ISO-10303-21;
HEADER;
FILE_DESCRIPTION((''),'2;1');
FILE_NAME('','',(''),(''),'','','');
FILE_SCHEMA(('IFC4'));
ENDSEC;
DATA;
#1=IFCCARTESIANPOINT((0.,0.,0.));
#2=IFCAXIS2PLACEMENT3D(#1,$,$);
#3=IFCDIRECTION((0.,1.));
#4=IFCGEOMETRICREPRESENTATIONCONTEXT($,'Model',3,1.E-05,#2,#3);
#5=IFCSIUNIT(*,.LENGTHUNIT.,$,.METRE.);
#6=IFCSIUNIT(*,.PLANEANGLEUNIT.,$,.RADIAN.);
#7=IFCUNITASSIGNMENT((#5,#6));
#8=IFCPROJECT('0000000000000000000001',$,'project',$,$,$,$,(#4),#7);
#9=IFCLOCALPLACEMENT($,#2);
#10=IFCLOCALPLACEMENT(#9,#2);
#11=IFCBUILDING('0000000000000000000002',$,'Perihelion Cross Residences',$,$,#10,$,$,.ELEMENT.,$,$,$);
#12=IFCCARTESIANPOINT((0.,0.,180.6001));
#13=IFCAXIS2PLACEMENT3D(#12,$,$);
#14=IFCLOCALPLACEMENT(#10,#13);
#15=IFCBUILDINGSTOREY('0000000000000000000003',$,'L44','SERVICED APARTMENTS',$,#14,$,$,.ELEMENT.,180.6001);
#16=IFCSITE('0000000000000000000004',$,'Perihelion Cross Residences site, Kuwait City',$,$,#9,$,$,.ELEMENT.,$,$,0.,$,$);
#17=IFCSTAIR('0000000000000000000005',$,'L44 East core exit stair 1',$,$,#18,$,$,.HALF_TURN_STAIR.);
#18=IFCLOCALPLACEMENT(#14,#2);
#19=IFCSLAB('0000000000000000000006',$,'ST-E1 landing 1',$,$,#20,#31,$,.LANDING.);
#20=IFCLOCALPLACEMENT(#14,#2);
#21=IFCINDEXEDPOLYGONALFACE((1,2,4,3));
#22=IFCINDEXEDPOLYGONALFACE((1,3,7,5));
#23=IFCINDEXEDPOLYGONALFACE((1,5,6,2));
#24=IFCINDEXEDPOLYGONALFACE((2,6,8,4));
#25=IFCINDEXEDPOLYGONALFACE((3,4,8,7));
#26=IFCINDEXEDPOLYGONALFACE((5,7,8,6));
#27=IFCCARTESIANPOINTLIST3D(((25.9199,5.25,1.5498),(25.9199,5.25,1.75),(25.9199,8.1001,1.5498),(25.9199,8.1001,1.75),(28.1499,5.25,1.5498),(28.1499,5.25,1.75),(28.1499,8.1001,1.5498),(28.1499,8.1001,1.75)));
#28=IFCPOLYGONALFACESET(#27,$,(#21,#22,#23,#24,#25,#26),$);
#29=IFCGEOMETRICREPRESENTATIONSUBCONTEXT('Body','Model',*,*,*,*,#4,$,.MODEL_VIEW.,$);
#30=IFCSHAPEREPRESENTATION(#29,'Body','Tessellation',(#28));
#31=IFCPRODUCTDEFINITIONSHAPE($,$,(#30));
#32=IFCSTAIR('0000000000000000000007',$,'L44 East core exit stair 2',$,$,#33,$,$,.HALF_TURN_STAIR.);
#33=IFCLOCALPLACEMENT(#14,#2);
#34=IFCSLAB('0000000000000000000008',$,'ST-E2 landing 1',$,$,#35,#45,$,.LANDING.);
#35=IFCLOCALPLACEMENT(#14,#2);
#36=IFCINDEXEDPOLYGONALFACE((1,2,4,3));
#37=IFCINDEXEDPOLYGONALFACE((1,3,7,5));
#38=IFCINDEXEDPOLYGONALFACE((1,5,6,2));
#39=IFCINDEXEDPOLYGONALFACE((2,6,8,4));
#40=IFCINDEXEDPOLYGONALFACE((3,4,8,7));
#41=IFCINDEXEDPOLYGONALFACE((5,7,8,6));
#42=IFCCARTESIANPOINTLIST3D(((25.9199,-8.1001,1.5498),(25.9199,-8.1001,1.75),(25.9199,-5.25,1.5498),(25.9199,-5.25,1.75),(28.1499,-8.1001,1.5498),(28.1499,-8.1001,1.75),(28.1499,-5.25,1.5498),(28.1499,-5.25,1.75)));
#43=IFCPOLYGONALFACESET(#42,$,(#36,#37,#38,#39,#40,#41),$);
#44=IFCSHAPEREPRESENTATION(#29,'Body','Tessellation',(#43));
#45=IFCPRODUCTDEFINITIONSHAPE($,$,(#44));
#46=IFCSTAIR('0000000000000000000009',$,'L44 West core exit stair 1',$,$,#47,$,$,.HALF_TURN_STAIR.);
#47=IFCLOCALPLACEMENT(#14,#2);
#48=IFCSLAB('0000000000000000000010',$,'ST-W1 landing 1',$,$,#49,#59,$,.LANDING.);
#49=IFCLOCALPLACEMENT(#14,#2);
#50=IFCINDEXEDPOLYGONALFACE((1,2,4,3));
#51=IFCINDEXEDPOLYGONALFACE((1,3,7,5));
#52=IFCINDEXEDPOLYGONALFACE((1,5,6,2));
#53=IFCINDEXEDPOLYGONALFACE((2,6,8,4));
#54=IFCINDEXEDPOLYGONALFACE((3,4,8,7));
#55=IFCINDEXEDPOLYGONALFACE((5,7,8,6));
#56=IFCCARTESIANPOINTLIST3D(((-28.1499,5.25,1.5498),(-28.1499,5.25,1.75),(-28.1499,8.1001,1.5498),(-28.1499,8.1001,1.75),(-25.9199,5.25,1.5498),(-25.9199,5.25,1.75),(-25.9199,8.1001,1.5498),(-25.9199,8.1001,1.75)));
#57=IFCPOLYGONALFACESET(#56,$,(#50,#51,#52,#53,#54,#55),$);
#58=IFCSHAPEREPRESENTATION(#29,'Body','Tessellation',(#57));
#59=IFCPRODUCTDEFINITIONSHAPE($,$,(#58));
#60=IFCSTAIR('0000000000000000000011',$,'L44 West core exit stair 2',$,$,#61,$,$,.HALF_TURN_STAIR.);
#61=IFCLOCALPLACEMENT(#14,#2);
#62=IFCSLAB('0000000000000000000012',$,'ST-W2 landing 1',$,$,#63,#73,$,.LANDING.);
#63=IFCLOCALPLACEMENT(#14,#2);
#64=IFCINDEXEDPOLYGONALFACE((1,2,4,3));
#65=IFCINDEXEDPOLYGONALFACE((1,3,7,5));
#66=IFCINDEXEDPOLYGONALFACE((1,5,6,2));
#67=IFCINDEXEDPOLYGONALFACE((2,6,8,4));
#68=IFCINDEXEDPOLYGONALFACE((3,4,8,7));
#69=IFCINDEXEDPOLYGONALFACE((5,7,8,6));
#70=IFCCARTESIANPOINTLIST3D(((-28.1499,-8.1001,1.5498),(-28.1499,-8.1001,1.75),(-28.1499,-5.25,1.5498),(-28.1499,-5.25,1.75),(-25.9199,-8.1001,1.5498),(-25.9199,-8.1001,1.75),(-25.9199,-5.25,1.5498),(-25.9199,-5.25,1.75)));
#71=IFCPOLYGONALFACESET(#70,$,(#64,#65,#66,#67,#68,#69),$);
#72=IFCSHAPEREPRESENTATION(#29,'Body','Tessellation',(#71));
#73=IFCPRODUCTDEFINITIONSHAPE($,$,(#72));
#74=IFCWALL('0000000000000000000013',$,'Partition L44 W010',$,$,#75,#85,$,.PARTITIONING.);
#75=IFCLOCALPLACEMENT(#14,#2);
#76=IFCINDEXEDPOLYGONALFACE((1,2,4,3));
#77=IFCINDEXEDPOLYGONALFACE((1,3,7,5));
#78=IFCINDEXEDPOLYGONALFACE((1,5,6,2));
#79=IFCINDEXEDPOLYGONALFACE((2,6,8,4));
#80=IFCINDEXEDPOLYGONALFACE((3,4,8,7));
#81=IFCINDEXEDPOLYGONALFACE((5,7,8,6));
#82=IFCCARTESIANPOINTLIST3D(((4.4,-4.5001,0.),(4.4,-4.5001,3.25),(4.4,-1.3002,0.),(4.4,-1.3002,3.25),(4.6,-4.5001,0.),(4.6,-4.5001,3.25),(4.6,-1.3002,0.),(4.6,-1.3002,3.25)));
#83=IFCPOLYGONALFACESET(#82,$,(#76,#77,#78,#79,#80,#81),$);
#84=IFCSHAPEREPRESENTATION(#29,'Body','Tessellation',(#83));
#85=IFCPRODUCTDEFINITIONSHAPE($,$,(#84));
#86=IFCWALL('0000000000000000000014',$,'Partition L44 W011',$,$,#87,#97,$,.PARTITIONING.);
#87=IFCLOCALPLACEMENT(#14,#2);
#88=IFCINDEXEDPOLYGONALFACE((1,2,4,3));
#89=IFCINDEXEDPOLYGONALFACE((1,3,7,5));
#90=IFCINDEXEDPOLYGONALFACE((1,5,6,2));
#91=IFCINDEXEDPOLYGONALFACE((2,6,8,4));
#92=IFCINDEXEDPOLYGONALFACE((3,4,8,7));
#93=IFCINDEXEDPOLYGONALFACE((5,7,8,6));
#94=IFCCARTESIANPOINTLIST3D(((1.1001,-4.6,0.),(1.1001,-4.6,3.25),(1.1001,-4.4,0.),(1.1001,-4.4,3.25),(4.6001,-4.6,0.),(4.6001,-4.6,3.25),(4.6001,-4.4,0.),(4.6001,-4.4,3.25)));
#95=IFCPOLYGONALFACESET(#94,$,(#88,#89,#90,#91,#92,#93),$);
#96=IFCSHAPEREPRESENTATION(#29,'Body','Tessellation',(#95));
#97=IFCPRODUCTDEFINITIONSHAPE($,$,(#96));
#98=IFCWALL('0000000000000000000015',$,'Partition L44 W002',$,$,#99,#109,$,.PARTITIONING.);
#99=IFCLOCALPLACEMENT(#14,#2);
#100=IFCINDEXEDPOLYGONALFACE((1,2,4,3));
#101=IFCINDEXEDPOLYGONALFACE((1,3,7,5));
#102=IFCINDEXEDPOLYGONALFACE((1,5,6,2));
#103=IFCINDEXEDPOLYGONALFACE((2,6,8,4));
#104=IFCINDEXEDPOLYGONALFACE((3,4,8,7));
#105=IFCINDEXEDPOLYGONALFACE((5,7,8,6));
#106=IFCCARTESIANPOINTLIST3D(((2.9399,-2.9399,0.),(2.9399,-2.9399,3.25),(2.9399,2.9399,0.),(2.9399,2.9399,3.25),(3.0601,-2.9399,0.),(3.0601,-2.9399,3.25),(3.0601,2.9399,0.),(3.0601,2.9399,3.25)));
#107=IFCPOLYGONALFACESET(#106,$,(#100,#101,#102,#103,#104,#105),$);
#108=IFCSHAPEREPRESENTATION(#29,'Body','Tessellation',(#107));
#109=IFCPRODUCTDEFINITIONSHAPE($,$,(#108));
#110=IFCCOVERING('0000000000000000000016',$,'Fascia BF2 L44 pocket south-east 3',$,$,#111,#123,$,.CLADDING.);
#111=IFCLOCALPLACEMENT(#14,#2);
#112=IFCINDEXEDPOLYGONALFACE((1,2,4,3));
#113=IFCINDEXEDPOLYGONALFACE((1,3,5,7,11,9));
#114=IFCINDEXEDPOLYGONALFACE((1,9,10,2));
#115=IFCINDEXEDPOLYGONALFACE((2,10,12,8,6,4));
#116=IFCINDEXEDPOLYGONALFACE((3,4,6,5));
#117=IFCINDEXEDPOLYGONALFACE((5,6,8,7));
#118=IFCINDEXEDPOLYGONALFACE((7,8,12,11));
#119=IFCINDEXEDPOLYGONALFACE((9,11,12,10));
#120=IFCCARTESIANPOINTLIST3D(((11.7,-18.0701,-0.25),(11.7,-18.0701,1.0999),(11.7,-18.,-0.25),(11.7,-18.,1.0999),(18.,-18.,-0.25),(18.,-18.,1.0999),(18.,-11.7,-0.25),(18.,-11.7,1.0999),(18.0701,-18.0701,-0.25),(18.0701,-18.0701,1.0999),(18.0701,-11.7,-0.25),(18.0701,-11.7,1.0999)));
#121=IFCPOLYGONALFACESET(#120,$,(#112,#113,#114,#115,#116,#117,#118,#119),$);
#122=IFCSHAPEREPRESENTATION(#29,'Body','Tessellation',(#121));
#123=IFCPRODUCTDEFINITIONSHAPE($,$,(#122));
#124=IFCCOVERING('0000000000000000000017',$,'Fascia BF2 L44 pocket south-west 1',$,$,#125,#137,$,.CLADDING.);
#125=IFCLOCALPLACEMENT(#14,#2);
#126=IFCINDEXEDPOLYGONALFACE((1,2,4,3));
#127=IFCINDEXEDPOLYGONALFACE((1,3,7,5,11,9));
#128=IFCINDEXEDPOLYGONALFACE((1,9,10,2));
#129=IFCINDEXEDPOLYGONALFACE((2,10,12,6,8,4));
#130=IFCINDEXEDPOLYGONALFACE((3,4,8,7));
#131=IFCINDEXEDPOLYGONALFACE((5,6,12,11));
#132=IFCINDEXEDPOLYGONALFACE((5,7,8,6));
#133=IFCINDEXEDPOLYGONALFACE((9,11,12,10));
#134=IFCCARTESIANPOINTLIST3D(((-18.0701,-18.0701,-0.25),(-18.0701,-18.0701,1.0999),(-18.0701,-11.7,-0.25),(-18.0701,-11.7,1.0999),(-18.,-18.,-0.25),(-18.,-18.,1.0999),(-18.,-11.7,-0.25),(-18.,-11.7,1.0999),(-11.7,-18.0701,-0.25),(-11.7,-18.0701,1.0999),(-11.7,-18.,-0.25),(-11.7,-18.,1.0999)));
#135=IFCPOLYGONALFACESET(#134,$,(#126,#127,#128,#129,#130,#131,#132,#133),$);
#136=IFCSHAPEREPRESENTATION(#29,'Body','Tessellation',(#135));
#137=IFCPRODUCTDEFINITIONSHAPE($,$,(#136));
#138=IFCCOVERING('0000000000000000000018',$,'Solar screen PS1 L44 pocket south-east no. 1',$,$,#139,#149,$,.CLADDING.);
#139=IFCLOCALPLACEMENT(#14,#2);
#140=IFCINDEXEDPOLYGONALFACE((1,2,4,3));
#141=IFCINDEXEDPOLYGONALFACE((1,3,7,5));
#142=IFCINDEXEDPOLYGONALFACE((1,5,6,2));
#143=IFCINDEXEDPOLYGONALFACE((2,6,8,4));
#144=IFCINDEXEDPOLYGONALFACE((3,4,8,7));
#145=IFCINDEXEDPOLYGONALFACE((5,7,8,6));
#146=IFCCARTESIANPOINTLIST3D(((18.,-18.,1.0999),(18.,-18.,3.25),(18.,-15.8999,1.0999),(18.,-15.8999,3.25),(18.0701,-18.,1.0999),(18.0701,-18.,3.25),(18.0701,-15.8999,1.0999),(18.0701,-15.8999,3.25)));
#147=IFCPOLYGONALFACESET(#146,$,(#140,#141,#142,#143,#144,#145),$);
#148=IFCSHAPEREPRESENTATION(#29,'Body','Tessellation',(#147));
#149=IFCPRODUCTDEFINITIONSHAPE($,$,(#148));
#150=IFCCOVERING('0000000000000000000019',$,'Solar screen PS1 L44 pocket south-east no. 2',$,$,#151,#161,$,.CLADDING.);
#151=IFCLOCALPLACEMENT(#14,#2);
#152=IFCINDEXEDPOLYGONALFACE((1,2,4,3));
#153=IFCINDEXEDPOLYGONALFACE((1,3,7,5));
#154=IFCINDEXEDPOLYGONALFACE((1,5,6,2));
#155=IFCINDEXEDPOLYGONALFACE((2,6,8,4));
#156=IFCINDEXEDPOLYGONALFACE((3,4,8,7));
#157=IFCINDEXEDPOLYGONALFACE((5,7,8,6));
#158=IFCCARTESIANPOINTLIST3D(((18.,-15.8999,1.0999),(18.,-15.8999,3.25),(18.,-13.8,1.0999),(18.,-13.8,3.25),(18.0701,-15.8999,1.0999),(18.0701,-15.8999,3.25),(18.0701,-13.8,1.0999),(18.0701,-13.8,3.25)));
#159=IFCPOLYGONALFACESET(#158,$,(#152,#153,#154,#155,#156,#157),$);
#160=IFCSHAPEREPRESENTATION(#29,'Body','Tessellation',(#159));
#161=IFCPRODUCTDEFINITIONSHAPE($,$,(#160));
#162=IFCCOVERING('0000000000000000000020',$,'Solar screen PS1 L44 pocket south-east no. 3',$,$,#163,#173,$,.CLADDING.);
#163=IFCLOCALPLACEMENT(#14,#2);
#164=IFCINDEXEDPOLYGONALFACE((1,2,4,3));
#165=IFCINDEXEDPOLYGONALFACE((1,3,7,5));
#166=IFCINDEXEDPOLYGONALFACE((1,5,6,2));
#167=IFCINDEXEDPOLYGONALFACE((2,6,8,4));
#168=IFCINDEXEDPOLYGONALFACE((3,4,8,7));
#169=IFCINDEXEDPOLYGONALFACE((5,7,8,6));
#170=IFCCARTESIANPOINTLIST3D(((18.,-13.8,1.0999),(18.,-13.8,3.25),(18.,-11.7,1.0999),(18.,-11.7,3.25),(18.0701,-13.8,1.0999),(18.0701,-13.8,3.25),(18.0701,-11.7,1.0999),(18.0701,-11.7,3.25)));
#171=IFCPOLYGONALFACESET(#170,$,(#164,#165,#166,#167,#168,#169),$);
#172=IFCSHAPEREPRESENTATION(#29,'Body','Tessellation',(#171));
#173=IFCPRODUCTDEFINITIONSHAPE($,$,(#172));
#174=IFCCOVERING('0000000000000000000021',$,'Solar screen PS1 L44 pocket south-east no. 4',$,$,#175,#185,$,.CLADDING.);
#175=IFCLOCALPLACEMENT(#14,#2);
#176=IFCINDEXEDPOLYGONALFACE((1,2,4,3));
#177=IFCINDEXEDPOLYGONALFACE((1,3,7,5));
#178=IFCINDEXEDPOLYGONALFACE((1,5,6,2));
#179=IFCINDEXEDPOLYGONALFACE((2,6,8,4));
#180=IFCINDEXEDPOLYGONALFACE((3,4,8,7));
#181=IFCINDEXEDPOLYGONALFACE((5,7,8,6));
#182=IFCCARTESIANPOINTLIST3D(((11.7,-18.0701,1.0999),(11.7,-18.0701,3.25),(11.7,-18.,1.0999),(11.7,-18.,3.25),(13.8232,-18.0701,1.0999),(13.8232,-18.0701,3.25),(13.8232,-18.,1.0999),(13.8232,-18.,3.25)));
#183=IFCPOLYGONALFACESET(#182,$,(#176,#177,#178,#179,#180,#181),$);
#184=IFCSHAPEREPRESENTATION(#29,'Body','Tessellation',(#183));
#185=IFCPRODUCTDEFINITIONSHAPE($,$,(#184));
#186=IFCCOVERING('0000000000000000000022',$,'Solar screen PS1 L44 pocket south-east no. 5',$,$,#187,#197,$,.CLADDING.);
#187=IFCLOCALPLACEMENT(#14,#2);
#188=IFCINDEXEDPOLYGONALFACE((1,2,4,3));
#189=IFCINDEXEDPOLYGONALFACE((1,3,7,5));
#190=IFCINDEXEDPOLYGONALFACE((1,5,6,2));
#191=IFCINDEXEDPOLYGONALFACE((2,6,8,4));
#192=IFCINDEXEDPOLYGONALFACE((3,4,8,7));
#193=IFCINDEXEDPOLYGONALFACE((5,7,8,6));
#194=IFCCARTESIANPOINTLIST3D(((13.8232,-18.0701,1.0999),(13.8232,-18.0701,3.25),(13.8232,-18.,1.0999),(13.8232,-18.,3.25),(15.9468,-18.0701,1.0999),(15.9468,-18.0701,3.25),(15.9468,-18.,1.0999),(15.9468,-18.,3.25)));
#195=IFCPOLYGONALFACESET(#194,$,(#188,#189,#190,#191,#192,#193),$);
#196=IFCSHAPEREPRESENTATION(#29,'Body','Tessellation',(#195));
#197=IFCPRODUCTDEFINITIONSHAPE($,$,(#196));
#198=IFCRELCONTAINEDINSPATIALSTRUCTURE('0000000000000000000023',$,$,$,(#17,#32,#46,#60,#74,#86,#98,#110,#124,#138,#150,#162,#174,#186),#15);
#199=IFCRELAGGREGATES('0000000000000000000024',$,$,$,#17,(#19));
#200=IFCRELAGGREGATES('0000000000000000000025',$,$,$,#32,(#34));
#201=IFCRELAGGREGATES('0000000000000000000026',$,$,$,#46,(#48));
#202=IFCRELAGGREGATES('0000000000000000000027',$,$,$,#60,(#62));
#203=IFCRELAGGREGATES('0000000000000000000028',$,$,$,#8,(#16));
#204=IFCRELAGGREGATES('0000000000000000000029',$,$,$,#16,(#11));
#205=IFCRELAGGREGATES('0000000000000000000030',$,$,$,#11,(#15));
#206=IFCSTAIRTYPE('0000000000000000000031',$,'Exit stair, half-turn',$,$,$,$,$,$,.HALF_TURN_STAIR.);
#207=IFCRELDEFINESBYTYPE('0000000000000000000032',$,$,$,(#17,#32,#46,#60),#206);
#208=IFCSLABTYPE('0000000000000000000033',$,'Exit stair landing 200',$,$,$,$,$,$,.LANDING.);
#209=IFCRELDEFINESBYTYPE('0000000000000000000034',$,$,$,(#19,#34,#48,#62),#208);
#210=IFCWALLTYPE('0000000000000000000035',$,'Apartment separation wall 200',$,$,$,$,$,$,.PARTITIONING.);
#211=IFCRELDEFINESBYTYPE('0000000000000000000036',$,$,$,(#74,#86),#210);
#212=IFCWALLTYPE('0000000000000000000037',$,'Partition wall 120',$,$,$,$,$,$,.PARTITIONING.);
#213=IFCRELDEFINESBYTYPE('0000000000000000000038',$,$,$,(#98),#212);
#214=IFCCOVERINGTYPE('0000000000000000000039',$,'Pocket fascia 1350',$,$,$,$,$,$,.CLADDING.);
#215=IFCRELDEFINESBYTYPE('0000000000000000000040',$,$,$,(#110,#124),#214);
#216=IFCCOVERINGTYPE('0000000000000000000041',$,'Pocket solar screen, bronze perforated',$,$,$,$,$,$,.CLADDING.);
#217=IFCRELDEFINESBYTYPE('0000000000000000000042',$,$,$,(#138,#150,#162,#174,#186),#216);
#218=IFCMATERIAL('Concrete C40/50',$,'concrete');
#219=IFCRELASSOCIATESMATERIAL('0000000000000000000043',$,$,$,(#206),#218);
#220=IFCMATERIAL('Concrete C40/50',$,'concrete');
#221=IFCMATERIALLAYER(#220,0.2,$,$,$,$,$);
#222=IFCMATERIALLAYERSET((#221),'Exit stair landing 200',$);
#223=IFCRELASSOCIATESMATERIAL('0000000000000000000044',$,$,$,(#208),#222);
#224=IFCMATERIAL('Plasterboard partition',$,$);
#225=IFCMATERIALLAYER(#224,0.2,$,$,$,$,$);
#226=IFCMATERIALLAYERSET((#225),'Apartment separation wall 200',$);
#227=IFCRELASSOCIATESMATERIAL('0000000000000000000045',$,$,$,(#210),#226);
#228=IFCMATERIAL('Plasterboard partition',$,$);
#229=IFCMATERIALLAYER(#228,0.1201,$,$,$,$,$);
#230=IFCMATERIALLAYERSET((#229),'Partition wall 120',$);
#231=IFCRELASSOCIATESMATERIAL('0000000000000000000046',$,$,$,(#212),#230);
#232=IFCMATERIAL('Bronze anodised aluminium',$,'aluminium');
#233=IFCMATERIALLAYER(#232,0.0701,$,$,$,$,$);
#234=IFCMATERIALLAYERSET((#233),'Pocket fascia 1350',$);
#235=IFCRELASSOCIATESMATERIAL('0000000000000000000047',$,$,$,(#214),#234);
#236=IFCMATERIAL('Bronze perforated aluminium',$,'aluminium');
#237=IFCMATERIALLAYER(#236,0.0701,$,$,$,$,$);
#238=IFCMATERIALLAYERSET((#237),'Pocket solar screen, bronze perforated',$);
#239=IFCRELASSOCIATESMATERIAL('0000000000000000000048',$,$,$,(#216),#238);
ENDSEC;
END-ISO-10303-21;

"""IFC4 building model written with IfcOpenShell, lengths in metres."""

from ifc_helpers import new_model, si_unit, direction, frame, frame_2d, origin, place, context, subcontext, project, spatial, polyline, rectangle, outline, extrude, material, layer, layer_set, type_object, element, aggregate, save


model = new_model("IFC4")

# Units and contexts
model_context = context("Model", 3, precision=1e-05, world=origin(), true_north=direction((0.0, 1.0)))
body_context = subcontext(model_context, "Body", "Model", "MODEL_VIEW")
ifc_project = project(units=[si_unit("LENGTHUNIT", "METRE"), si_unit("PLANEANGLEUNIT", "RADIAN")], contexts=[model_context])

# Site, building, storey
site_placement = place(None, origin())
site = spatial("IfcSite", under=ifc_project, at=site_placement, Name="Perihelion Cross Residences site, Kuwait City", CompositionType="ELEMENT", RefElevation=0.0)
building_placement = place(site_placement, origin())
building = spatial("IfcBuilding", under=site, at=building_placement, Name="Perihelion Cross Residences", CompositionType="ELEMENT")
storey_placement = place(building_placement, frame((0.0, 0.0, 180.6001)))
storey = spatial("IfcBuildingStorey", under=building, at=storey_placement, Name="L44", Description="SERVICED APARTMENTS", CompositionType="ELEMENT", Elevation=180.6001)

# Stairs, slabs
ifc_material_1 = material(Name="Concrete C40/50", Category="concrete")
stair_type = type_object("IfcStairType", Name="Exit stair, half-turn", PredefinedType="HALF_TURN_STAIR", material=ifc_material_1)
stair_1_placement = place(storey_placement, origin())
stair_1 = element("IfcStair", 1, at=stair_1_placement, inside=storey, type_object=stair_type, Name="L44 East core exit stair 1", PredefinedType="HALF_TURN_STAIR")
ifc_material_2 = material(Name="Concrete C40/50", Category="concrete")
ifc_layer_1 = layer(ifc_material_2, 0.2)
ifc_layer_set_1 = layer_set([ifc_layer_1], Name="Exit stair landing 200")
slab_type = type_object("IfcSlabType", Name="Exit stair landing 200", PredefinedType="LANDING", material=ifc_layer_set_1)
slab_1_placement = place(storey_placement, frame((0.0, 0.0, 1.5498)))
slab_1 = element("IfcSlab", 2, at=slab_1_placement, type_object=slab_type, Name="ST-E1 landing 1", PredefinedType="LANDING", context=body_context, shape_type="SweptSolid", body=[
    extrude(outline(polyline([(25.9199, 5.25), (28.1499, 5.25), (28.1499, 8.1001), (25.9199, 8.1001), (25.9199, 5.25)])), origin(), (0.0, 0.0, 1.0), 0.2002),
])
aggregate(stair_1, [slab_1])
stair_2_placement = place(storey_placement, origin())
stair_2 = element("IfcStair", 3, at=stair_2_placement, inside=storey, type_object=stair_type, Name="L44 East core exit stair 2", PredefinedType="HALF_TURN_STAIR")
slab_2_placement = place(storey_placement, frame((0.0, 0.0, 1.5498)))
slab_2 = element("IfcSlab", 4, at=slab_2_placement, type_object=slab_type, Name="ST-E2 landing 1", PredefinedType="LANDING", context=body_context, shape_type="SweptSolid", body=[
    extrude(outline(polyline([(25.9199, -8.1001), (28.1499, -8.1001), (28.1499, -5.25), (25.9199, -5.25), (25.9199, -8.1001)])), origin(), (0.0, 0.0, 1.0), 0.2002),
])
aggregate(stair_2, [slab_2])
stair_3_placement = place(storey_placement, origin())
stair_3 = element("IfcStair", 5, at=stair_3_placement, inside=storey, type_object=stair_type, Name="L44 West core exit stair 1", PredefinedType="HALF_TURN_STAIR")
slab_3_placement = place(storey_placement, frame((0.0, 0.0, 1.5498)))
slab_3 = element("IfcSlab", 6, at=slab_3_placement, type_object=slab_type, Name="ST-W1 landing 1", PredefinedType="LANDING", context=body_context, shape_type="SweptSolid", body=[
    extrude(outline(polyline([(-25.9199, 8.1001), (-28.1499, 8.1001), (-28.1499, 5.25), (-25.9199, 5.25), (-25.9199, 8.1001)])), origin(), (0.0, 0.0, 1.0), 0.2002),
])
aggregate(stair_3, [slab_3])
stair_4_placement = place(storey_placement, origin())
stair_4 = element("IfcStair", 7, at=stair_4_placement, inside=storey, type_object=stair_type, Name="L44 West core exit stair 2", PredefinedType="HALF_TURN_STAIR")
slab_4_placement = place(storey_placement, frame((0.0, 0.0, 1.5498)))
slab_4 = element("IfcSlab", 8, at=slab_4_placement, type_object=slab_type, Name="ST-W2 landing 1", PredefinedType="LANDING", context=body_context, shape_type="SweptSolid", body=[
    extrude(outline(polyline([(-25.9199, -5.25), (-28.1499, -5.25), (-28.1499, -8.1001), (-25.9199, -8.1001), (-25.9199, -5.25)])), origin(), (0.0, 0.0, 1.0), 0.2002),
])
aggregate(stair_4, [slab_4])

# Walls
ifc_material_3 = material(Name="Plasterboard partition")
ifc_layer_2 = layer(ifc_material_3, 0.2)
ifc_layer_set_2 = layer_set([ifc_layer_2], Name="Apartment separation wall 200")
wall_type_1 = type_object("IfcWallType", Name="Apartment separation wall 200", PredefinedType="PARTITIONING", material=ifc_layer_set_2)
wall_1_placement = place(storey_placement, frame((4.5, -1.3, 0.0), z_axis=(0.0, 0.0, 1.0), x_axis=(0.0, -1.0, 0.0)))
element("IfcWall", 9, at=wall_1_placement, inside=storey, type_object=wall_type_1, Name="Partition L44 W010", PredefinedType="PARTITIONING", context=body_context, shape_type="SweptSolid", body=[
    extrude(rectangle(XDim=3.2, YDim=0.2, at=frame_2d((1.6001, 0.0))), origin(), (0.0, 0.0, 1.0), 3.25),
])
wall_2_placement = place(storey_placement, frame((4.6001, -4.5, 0.0), z_axis=(0.0, 0.0, 1.0), x_axis=(-1.0, 0.0, 0.0)))
element("IfcWall", 10, at=wall_2_placement, inside=storey, type_object=wall_type_1, Name="Partition L44 W011", PredefinedType="PARTITIONING", context=body_context, shape_type="SweptSolid", body=[
    extrude(rectangle(XDim=3.5, YDim=0.2, at=frame_2d((1.75, 0.0))), origin(), (0.0, 0.0, 1.0), 3.25),
])
ifc_material_4 = material(Name="Plasterboard partition")
ifc_layer_3 = layer(ifc_material_4, 0.1201)
ifc_layer_set_3 = layer_set([ifc_layer_3], Name="Partition wall 120")
wall_type_2 = type_object("IfcWallType", Name="Partition wall 120", PredefinedType="PARTITIONING", material=ifc_layer_set_3)
wall_3_placement = place(storey_placement, frame((3.0, -2.9399, 0.0), z_axis=(0.0, 0.0, 1.0), x_axis=(0.0, 1.0, 0.0)))
element("IfcWall", 11, at=wall_3_placement, inside=storey, type_object=wall_type_2, Name="Partition L44 W002", PredefinedType="PARTITIONING", context=body_context, shape_type="SweptSolid", body=[
    extrude(rectangle(XDim=5.8799, YDim=0.1201, at=frame_2d((2.9399, 0.0))), origin(), (0.0, 0.0, 1.0), 3.25),
])

# Coverings
ifc_material_5 = material(Name="Bronze anodised aluminium", Category="aluminium")
ifc_layer_4 = layer(ifc_material_5, 0.0701)
ifc_layer_set_4 = layer_set([ifc_layer_4], Name="Pocket fascia 1350")
covering_type_1 = type_object("IfcCoveringType", Name="Pocket fascia 1350", PredefinedType="CLADDING", material=ifc_layer_set_4)
covering_1_placement = place(storey_placement, frame((0.0, 0.0, -0.25)))
element("IfcCovering", 12, at=covering_1_placement, inside=storey, type_object=covering_type_1, Name="Fascia BF2 L44 pocket south-east 3", PredefinedType="CLADDING", context=body_context, shape_type="SweptSolid", body=[
    extrude(outline(polyline([(18.0701, -18.0701), (18.0701, -11.7), (18.0, -11.7), (18.0, -18.0), (11.7, -18.0), (11.7, -18.0701), (18.0701, -18.0701)])), origin(), (0.0, 0.0, 1.0), 1.3499),
])
covering_2_placement = place(storey_placement, frame((0.0, 0.0, -0.25)))
element("IfcCovering", 13, at=covering_2_placement, inside=storey, type_object=covering_type_1, Name="Fascia BF2 L44 pocket south-west 1", PredefinedType="CLADDING", context=body_context, shape_type="SweptSolid", body=[
    extrude(outline(polyline([(-18.0701, -11.7), (-18.0701, -18.0701), (-11.7, -18.0701), (-11.7, -18.0), (-18.0, -18.0), (-18.0, -11.7), (-18.0701, -11.7)])), origin(), (0.0, 0.0, 1.0), 1.3499),
])
ifc_material_6 = material(Name="Bronze perforated aluminium", Category="aluminium")
ifc_layer_5 = layer(ifc_material_6, 0.0701)
ifc_layer_set_5 = layer_set([ifc_layer_5], Name="Pocket solar screen, bronze perforated")
covering_type_2 = type_object("IfcCoveringType", Name="Pocket solar screen, bronze perforated", PredefinedType="CLADDING", material=ifc_layer_set_5)
covering_3_placement = place(storey_placement, frame((0.0, 0.0, 1.0999)))
element("IfcCovering", 14, at=covering_3_placement, inside=storey, type_object=covering_type_2, Name="Solar screen PS1 L44 pocket south-east no. 1", PredefinedType="CLADDING", context=body_context, shape_type="SweptSolid", body=[
    extrude(outline(polyline([(18.0701, -18.0), (18.0701, -15.8999), (18.0, -15.8999), (18.0, -18.0), (18.0701, -18.0)])), origin(), (0.0, 0.0, 1.0), 2.1501),
])
covering_4_placement = place(storey_placement, frame((0.0, 0.0, 1.0999)))
element("IfcCovering", 15, at=covering_4_placement, inside=storey, type_object=covering_type_2, Name="Solar screen PS1 L44 pocket south-east no. 2", PredefinedType="CLADDING", context=body_context, shape_type="SweptSolid", body=[
    extrude(outline(polyline([(18.0701, -15.8999), (18.0701, -13.8), (18.0, -13.8), (18.0, -15.8999), (18.0701, -15.8999)])), origin(), (0.0, 0.0, 1.0), 2.1501),
])
covering_5_placement = place(storey_placement, frame((0.0, 0.0, 1.0999)))
element("IfcCovering", 16, at=covering_5_placement, inside=storey, type_object=covering_type_2, Name="Solar screen PS1 L44 pocket south-east no. 3", PredefinedType="CLADDING", context=body_context, shape_type="SweptSolid", body=[
    extrude(outline(polyline([(18.0701, -13.8), (18.0701, -11.7), (18.0, -11.7), (18.0, -13.8), (18.0701, -13.8)])), origin(), (0.0, 0.0, 1.0), 2.1501),
])
covering_6_placement = place(storey_placement, frame((0.0, 0.0, 1.0999)))
element("IfcCovering", 17, at=covering_6_placement, inside=storey, type_object=covering_type_2, Name="Solar screen PS1 L44 pocket south-east no. 4", PredefinedType="CLADDING", context=body_context, shape_type="SweptSolid", body=[
    extrude(outline(polyline([(13.8232, -18.0701), (13.8232, -18.0), (11.7, -18.0), (11.7, -18.0701), (13.8232, -18.0701)])), origin(), (0.0, 0.0, 1.0), 2.1501),
])
covering_7_placement = place(storey_placement, frame((0.0, 0.0, 1.0999)))
element("IfcCovering", 18, at=covering_7_placement, inside=storey, type_object=covering_type_2, Name="Solar screen PS1 L44 pocket south-east no. 5", PredefinedType="CLADDING", context=body_context, shape_type="SweptSolid", body=[
    extrude(outline(polyline([(15.9468, -18.0701), (15.9468, -18.0), (13.8232, -18.0), (13.8232, -18.0701), (15.9468, -18.0701)])), origin(), (0.0, 0.0, 1.0), 2.1501),
])

save(model, "model.ifc")
